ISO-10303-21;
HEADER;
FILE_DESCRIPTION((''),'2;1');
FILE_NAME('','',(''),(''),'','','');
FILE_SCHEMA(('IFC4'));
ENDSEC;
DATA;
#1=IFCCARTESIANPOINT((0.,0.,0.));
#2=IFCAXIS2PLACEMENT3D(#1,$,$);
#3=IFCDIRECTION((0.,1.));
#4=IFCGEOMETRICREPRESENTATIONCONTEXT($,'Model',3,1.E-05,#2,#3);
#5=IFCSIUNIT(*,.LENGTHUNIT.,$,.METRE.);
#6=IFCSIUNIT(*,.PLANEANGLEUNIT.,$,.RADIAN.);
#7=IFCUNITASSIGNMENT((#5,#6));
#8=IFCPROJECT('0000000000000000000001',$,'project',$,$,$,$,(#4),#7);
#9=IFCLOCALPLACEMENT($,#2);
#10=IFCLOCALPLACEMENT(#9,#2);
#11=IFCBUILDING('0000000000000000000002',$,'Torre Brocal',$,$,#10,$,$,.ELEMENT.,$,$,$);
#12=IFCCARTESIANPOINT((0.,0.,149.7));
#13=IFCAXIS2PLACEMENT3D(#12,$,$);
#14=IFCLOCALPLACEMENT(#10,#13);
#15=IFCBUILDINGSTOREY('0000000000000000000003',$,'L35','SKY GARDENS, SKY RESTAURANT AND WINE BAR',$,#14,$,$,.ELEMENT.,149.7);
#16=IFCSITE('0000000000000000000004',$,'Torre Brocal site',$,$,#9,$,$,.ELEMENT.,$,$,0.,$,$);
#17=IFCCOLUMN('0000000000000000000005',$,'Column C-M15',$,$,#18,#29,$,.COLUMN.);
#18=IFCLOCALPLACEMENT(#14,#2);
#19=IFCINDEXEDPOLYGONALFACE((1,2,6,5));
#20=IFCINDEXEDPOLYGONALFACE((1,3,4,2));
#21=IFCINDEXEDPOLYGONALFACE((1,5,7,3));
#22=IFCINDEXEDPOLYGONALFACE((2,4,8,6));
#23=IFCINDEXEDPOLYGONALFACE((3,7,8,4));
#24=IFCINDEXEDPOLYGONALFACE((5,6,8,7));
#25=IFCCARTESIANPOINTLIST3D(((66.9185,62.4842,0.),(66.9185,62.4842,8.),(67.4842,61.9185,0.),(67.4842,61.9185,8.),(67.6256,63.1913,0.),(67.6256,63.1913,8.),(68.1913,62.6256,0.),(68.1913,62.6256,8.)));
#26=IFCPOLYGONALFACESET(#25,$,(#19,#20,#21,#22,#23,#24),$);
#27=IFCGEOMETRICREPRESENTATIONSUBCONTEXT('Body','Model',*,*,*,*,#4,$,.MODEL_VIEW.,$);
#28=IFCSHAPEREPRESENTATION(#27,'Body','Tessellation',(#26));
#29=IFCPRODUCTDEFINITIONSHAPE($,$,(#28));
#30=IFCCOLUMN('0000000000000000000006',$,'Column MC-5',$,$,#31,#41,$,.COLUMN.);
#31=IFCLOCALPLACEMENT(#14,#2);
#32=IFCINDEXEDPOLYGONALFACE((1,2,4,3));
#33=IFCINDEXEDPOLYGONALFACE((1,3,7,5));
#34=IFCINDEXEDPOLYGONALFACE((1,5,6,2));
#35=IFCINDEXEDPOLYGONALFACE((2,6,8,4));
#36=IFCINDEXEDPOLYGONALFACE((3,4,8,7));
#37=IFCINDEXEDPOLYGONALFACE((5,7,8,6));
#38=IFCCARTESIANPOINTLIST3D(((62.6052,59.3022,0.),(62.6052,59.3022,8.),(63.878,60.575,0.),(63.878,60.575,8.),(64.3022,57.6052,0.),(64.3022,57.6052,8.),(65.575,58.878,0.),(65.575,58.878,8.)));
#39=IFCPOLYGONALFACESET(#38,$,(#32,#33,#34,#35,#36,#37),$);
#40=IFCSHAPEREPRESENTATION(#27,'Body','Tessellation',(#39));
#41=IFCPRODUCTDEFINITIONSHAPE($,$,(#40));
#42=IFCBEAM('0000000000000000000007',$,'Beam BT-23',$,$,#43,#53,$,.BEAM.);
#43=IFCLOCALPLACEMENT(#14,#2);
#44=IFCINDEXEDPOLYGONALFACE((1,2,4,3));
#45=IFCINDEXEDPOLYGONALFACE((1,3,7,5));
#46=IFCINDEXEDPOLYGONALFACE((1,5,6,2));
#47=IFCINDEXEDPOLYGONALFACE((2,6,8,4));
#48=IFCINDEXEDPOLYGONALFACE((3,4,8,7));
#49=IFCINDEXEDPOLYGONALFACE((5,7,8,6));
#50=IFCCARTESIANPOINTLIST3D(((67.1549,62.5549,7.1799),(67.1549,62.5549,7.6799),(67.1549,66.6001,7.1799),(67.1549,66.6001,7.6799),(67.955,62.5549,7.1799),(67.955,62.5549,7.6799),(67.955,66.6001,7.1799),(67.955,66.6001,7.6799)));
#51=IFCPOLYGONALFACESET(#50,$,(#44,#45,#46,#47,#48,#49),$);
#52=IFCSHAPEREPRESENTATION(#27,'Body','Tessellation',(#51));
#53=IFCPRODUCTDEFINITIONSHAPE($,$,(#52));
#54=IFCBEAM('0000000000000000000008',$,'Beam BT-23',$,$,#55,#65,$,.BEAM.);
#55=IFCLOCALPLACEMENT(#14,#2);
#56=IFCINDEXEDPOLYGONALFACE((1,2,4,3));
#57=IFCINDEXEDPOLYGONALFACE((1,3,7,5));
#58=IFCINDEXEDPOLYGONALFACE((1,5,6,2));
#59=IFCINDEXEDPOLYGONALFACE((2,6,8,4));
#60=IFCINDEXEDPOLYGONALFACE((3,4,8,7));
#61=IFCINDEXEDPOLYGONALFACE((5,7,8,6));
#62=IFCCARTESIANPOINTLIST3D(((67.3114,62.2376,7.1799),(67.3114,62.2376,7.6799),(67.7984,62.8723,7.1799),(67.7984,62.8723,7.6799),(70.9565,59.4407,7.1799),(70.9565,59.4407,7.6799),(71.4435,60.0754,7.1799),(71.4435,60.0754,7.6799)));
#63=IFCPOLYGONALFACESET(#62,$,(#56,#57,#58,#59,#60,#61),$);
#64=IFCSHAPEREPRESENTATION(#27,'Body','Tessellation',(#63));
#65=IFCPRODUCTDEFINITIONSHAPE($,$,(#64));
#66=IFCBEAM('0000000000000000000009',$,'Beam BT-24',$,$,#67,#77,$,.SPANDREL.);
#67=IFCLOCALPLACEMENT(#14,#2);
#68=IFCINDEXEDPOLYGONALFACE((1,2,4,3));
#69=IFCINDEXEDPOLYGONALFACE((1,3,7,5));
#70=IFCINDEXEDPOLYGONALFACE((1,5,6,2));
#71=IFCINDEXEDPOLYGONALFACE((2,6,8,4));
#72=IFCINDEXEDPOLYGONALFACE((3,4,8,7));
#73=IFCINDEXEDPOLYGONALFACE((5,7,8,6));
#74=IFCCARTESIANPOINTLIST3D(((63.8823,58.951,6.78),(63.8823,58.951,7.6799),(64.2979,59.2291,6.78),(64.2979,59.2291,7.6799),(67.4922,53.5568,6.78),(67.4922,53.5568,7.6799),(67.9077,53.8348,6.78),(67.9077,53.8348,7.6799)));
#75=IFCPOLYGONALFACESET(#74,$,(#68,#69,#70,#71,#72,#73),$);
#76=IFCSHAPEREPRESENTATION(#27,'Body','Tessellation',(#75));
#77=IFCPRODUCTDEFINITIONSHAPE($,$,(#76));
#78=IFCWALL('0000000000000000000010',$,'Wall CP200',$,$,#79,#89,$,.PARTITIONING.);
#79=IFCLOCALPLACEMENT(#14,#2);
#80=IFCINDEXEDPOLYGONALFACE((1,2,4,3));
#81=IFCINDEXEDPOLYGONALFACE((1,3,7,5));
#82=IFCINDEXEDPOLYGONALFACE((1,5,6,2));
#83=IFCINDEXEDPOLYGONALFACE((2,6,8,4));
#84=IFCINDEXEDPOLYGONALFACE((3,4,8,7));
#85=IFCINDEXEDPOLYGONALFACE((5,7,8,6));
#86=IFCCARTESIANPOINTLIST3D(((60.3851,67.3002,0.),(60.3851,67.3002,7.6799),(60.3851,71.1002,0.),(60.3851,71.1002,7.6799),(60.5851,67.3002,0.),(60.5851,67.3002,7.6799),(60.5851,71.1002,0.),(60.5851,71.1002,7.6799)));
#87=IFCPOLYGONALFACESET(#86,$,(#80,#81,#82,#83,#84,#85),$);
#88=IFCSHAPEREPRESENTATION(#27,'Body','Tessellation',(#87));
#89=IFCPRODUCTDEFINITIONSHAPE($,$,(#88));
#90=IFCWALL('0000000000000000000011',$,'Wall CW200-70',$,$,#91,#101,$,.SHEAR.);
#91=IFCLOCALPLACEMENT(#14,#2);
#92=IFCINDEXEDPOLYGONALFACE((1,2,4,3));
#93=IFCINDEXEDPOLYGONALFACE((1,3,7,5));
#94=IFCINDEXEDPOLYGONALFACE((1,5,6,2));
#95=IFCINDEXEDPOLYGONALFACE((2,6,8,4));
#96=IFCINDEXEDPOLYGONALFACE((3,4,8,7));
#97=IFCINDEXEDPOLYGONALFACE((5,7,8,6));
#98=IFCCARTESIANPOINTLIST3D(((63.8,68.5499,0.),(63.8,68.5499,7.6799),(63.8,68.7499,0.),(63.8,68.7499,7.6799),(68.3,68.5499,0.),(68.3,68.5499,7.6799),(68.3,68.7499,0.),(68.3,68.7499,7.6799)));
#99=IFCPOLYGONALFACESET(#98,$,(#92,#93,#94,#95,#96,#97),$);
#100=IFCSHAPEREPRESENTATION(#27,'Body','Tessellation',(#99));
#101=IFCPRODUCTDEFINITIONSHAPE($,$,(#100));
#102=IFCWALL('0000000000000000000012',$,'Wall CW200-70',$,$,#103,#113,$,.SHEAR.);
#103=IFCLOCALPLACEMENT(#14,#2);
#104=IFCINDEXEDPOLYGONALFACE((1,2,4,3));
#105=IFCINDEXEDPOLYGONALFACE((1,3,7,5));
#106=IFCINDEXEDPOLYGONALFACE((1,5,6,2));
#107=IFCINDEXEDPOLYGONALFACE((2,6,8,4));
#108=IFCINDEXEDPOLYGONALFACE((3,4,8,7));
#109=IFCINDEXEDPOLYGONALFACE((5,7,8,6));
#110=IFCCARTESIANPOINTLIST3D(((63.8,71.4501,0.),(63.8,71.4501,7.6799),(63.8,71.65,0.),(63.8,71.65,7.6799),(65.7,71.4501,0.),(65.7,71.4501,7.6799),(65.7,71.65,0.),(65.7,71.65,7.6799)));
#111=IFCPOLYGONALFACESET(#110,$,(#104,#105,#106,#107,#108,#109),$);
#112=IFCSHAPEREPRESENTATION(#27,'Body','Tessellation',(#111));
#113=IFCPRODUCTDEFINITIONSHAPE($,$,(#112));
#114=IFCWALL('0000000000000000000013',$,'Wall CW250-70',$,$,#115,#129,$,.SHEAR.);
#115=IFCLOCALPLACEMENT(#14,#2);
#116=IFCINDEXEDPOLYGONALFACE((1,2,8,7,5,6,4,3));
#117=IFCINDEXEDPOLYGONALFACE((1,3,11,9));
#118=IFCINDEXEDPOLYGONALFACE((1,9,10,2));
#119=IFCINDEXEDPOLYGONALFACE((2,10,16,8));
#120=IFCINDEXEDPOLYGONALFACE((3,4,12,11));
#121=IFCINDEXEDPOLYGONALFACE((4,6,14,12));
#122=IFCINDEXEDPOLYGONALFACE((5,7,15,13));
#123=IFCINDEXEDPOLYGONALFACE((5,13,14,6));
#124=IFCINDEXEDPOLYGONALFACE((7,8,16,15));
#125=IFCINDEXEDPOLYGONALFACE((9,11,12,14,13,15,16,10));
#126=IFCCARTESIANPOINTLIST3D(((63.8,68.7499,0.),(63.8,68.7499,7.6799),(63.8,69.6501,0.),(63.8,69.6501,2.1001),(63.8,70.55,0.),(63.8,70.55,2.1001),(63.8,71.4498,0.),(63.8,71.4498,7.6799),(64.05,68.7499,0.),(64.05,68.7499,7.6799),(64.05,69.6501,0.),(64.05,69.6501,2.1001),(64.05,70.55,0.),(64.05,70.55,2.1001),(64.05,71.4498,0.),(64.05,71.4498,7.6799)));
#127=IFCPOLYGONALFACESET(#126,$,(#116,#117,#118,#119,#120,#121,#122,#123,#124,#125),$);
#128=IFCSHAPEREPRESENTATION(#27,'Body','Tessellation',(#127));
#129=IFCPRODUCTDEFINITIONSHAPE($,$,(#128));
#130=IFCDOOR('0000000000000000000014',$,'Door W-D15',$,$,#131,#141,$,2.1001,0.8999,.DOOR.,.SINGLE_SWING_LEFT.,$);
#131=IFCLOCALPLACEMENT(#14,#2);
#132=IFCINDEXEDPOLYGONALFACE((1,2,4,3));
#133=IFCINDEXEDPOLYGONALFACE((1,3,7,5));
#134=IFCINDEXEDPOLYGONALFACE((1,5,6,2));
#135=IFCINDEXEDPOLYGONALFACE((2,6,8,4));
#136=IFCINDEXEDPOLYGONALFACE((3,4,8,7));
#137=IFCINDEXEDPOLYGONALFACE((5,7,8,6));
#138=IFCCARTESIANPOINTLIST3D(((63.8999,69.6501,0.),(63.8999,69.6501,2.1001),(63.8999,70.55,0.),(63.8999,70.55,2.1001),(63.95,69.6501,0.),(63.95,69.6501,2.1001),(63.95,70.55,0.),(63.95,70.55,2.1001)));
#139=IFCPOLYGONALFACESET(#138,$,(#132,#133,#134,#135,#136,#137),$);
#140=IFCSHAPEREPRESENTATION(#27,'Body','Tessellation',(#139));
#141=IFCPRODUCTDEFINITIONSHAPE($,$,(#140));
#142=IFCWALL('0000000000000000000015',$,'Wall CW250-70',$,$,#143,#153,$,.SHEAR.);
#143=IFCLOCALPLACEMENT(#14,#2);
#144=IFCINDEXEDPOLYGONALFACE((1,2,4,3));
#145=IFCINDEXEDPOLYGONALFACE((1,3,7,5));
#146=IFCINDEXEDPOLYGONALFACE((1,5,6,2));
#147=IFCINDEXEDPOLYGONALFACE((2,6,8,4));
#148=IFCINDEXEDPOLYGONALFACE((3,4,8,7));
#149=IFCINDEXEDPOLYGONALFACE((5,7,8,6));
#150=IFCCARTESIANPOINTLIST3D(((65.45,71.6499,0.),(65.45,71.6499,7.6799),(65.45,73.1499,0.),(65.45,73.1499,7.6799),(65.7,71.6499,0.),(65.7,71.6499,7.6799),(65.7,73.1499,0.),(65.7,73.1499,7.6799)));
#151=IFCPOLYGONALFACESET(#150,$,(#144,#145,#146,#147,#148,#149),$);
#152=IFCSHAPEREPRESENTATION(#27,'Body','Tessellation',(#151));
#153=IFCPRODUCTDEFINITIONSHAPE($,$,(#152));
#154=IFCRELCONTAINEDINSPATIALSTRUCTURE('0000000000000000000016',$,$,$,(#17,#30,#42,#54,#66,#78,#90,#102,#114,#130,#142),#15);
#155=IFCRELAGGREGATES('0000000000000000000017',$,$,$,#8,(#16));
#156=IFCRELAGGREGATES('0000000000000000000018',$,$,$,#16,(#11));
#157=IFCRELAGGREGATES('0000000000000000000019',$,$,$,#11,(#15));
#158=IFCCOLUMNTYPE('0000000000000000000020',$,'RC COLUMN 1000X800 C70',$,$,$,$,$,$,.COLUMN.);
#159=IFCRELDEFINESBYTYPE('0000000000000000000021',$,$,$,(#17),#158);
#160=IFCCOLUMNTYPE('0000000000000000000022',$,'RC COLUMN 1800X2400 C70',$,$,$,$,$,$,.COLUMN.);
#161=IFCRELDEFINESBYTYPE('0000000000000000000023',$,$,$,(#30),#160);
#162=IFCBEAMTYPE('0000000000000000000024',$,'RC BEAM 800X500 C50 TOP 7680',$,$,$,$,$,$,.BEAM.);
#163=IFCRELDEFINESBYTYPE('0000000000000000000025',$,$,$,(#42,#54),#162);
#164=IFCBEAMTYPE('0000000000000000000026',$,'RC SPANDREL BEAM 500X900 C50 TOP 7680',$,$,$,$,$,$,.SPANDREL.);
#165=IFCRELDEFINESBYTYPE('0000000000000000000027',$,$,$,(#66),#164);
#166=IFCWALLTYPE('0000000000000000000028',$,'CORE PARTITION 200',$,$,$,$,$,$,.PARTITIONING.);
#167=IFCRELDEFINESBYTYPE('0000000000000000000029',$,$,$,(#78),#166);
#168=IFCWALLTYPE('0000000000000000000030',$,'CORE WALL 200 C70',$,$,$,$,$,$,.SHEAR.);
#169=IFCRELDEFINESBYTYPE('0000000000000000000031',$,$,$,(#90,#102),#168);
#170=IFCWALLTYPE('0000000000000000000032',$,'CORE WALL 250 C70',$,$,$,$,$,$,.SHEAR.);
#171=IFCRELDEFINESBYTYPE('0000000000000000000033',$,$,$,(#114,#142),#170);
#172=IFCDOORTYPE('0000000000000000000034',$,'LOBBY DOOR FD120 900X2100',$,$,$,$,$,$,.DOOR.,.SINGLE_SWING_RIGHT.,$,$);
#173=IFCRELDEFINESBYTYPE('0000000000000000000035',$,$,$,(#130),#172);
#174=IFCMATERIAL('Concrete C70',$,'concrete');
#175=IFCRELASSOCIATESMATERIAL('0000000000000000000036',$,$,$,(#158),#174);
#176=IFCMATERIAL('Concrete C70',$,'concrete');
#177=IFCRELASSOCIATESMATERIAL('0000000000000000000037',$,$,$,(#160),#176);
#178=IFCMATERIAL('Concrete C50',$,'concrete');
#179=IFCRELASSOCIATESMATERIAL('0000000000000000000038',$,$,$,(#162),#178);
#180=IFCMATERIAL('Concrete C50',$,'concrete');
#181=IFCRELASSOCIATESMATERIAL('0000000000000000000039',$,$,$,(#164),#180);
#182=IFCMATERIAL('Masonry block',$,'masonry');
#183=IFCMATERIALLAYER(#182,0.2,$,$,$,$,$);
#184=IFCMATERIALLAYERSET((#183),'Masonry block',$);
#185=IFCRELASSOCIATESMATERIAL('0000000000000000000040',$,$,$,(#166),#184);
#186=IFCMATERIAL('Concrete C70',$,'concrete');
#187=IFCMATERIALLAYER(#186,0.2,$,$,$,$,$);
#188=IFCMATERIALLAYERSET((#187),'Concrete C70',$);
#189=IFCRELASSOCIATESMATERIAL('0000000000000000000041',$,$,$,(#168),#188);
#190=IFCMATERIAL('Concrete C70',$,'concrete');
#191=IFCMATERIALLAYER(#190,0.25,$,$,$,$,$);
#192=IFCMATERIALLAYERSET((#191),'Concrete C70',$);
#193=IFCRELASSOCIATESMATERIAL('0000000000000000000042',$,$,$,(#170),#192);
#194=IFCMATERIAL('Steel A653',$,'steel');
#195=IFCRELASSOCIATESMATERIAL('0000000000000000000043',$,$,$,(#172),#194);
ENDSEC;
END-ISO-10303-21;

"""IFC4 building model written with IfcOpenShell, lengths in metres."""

from ifc_helpers import new_model, si_unit, direction, frame, frame_2d, origin, origin_2d, place, context, subcontext, project, spatial, rectangle, extrude, material, layer, layer_set, material_profile, profile_set, type_object, element, fill, save


model = new_model("IFC4")

# Units and contexts
model_context = context("Model", 3, precision=1e-05, world=origin(), true_north=direction((0.0, 1.0)))
body_context = subcontext(model_context, "Body", "Model", "MODEL_VIEW")
ifc_project = project(units=[si_unit("LENGTHUNIT", "METRE"), si_unit("PLANEANGLEUNIT", "RADIAN")], contexts=[model_context])

# Site, building, storey
site_placement = place(None, origin())
site = spatial("IfcSite", under=ifc_project, at=site_placement, Name="Torre Brocal site", CompositionType="ELEMENT", RefElevation=0.0)
building_placement = place(site_placement, origin())
building = spatial("IfcBuilding", under=site, at=building_placement, Name="Torre Brocal", CompositionType="ELEMENT")
storey_placement = place(building_placement, frame((0.0, 0.0, 149.7)))
storey = spatial("IfcBuildingStorey", under=building, at=storey_placement, Name="L35", Description="SKY GARDENS, SKY RESTAURANT AND WINE BAR", CompositionType="ELEMENT", Elevation=149.7)

# Columns
ifc_material_1 = material(Name="Concrete C70", Category="concrete")
ifc_material_profile_1 = material_profile(ifc_material_1, rectangle(XDim=1.0, YDim=0.8, at=origin_2d()), Name="RC 1000X800")
ifc_profile_set_1 = profile_set([ifc_material_profile_1], Name="Concrete C70")
column_type_1 = type_object("IfcColumnType", Name="RC COLUMN 1000X800 C70", PredefinedType="COLUMN", material=ifc_profile_set_1)
column_1_placement = place(storey_placement, frame((67.5549, 62.5549, 0.0), z_axis=(0.0, 0.0, 1.0), x_axis=(-0.707107, -0.707107, 0.0)))
element("IfcColumn", 1, at=column_1_placement, inside=storey, type_object=column_type_1, Name="Column C-M15", PredefinedType="COLUMN", context=body_context, shape_type="SweptSolid", body=[
    extrude(rectangle(XDim=1.0, YDim=0.8, at=origin_2d()), origin(), (0.0, 0.0, 1.0), 8.0),
])
ifc_material_2 = material(Name="Concrete C70", Category="concrete")
ifc_material_profile_2 = material_profile(ifc_material_2, rectangle(XDim=1.8, YDim=2.3999, at=origin_2d()), Name="RC 1800X2400")
ifc_profile_set_2 = profile_set([ifc_material_profile_2], Name="Concrete C70")
column_type_2 = type_object("IfcColumnType", Name="RC COLUMN 1800X2400 C70", PredefinedType="COLUMN", material=ifc_profile_set_2)
column_2_placement = place(storey_placement, frame((64.0901, 59.0901, 0.0), z_axis=(0.0, 0.0, 1.0), x_axis=(-0.707107, -0.707107, 0.0)))
element("IfcColumn", 2, at=column_2_placement, inside=storey, type_object=column_type_2, Name="Column MC-5", PredefinedType="COLUMN", context=body_context, shape_type="SweptSolid", body=[
    extrude(rectangle(XDim=1.8, YDim=2.3999, at=origin_2d()), origin(), (0.0, 0.0, 1.0), 8.0),
])

# Beams
ifc_material_3 = material(Name="Concrete C50", Category="concrete")
ifc_material_profile_3 = material_profile(ifc_material_3, rectangle(XDim=0.8, YDim=0.5, at=origin_2d()), Name="RC 800X500")
ifc_profile_set_3 = profile_set([ifc_material_profile_3], Name="Concrete C50")
beam_type_1 = type_object("IfcBeamType", Name="RC BEAM 800X500 C50 TOP 7680", PredefinedType="BEAM", material=ifc_profile_set_3)
beam_1_placement = place(storey_placement, frame((67.5549, 62.5549, 7.4299), z_axis=(0.0, 1.0, 0.0), x_axis=(-1.0, 0.0, 0.0)))
element("IfcBeam", 3, at=beam_1_placement, inside=storey, type_object=beam_type_1, Name="Beam BT-23", PredefinedType="BEAM", context=body_context, shape_type="SweptSolid", body=[
    extrude(rectangle(XDim=0.8, YDim=0.5, at=origin_2d()), origin(), (0.0, 0.0, 1.0), 4.0452),
])
beam_2_placement = place(storey_placement, frame((67.5549, 62.5549, 7.4299), z_axis=(0.793358, -0.608755, 0.0), x_axis=(0.608755, 0.793358, 0.0)))
element("IfcBeam", 4, at=beam_2_placement, inside=storey, type_object=beam_type_1, Name="Beam BT-23", PredefinedType="BEAM", context=body_context, shape_type="SweptSolid", body=[
    extrude(rectangle(XDim=0.8, YDim=0.5, at=origin_2d()), origin(), (0.0, 0.0, 1.0), 4.5945),
])
ifc_material_4 = material(Name="Concrete C50", Category="concrete")
ifc_material_profile_4 = material_profile(ifc_material_4, rectangle(XDim=0.5, YDim=0.8999, at=origin_2d()), Name="RC 500X900")
ifc_profile_set_4 = profile_set([ifc_material_profile_4], Name="Concrete C50")
beam_type_2 = type_object("IfcBeamType", Name="RC SPANDREL BEAM 500X900 C50 TOP 7680", PredefinedType="SPANDREL", material=ifc_profile_set_4)
beam_3_placement = place(storey_placement, frame((64.0901, 59.0901, 7.23), z_axis=(0.556158, -0.831077, 0.0), x_axis=(0.831077, 0.556158, 0.0)))
element("IfcBeam", 5, at=beam_3_placement, inside=storey, type_object=beam_type_2, Name="Beam BT-24", PredefinedType="SPANDREL", context=body_context, shape_type="SweptSolid", body=[
    extrude(rectangle(XDim=0.5, YDim=0.8999, at=origin_2d()), origin(), (0.0, 0.0, 1.0), 6.4907),
])

# Walls
ifc_material_5 = material(Name="Masonry block", Category="masonry")
ifc_layer_1 = layer(ifc_material_5, 0.2)
ifc_layer_set_1 = layer_set([ifc_layer_1], Name="Masonry block")
wall_type_1 = type_object("IfcWallType", Name="CORE PARTITION 200", PredefinedType="PARTITIONING", material=ifc_layer_set_1)
wall_1_placement = place(storey_placement, frame((60.4851, 71.1001, 0.0), z_axis=(0.0, 0.0, 1.0), x_axis=(0.0, -1.0, 0.0)))
element("IfcWall", 6, at=wall_1_placement, inside=storey, type_object=wall_type_1, Name="Wall CP200", PredefinedType="PARTITIONING", context=body_context, shape_type="SweptSolid", body=[
    extrude(rectangle(XDim=3.8, YDim=0.2, at=frame_2d((1.8999, 0.0))), origin(), (0.0, 0.0, 1.0), 7.6799),
])
ifc_material_6 = material(Name="Concrete C70", Category="concrete")
ifc_layer_2 = layer(ifc_material_6, 0.2)
ifc_layer_set_2 = layer_set([ifc_layer_2], Name="Concrete C70")
wall_type_2 = type_object("IfcWallType", Name="CORE WALL 200 C70", PredefinedType="SHEAR", material=ifc_layer_set_2)
wall_2_placement = place(storey_placement, frame((68.3, 68.6499, 0.0), z_axis=(0.0, 0.0, 1.0), x_axis=(-1.0, 0.0, 0.0)))
element("IfcWall", 7, at=wall_2_placement, inside=storey, type_object=wall_type_2, Name="Wall CW200-70", PredefinedType="SHEAR", context=body_context, shape_type="SweptSolid", body=[
    extrude(rectangle(XDim=4.5, YDim=0.2, at=frame_2d((2.25, 0.0))), origin(), (0.0, 0.0, 1.0), 7.6799),
])
wall_3_placement = place(storey_placement, frame((65.7, 71.55, 0.0), z_axis=(0.0, 0.0, 1.0), x_axis=(-1.0, 0.0, 0.0)))
element("IfcWall", 8, at=wall_3_placement, inside=storey, type_object=wall_type_2, Name="Wall CW200-70", PredefinedType="SHEAR", context=body_context, shape_type="SweptSolid", body=[
    extrude(rectangle(XDim=1.8999, YDim=0.2, at=frame_2d((0.95, 0.0))), origin(), (0.0, 0.0, 1.0), 7.6799),
])

# Wall, opening, door
ifc_material_7 = material(Name="Concrete C70", Category="concrete")
ifc_layer_3 = layer(ifc_material_7, 0.25)
ifc_layer_set_3 = layer_set([ifc_layer_3], Name="Concrete C70")
wall_type_3 = type_object("IfcWallType", Name="CORE WALL 250 C70", PredefinedType="SHEAR", material=ifc_layer_set_3)
wall_4_placement = place(storey_placement, frame((63.925, 71.45, 0.0), z_axis=(0.0, 0.0, 1.0), x_axis=(0.0, -1.0, 0.0)))
wall_4 = element("IfcWall", 9, at=wall_4_placement, inside=storey, type_object=wall_type_3, Name="Wall CW250-70", PredefinedType="SHEAR", context=body_context, shape_type="SweptSolid", body=[
    extrude(rectangle(XDim=2.7, YDim=0.25, at=frame_2d((1.3501, 0.0))), origin(), (0.0, 0.0, 1.0), 7.6799),
])
opening_1_placement = place(wall_4_placement, frame((0.8999, 0.0, 0.0)))
opening_1 = element("IfcOpeningElement", 10, at=opening_1_placement, cuts=wall_4, PredefinedType="OPENING", context=body_context, shape_type="SweptSolid", body=[
    extrude(rectangle(XDim=0.8999, YDim=2.1001, at=frame_2d((0.45, 1.05))), frame((0.0, 0.135, 0.0), z_axis=(0.0, -1.0, 0.0), x_axis=(1.0, 0.0, 0.0)), (0.0, 0.0, 1.0), 0.27),
])
ifc_material_8 = material(Name="Steel A653", Category="steel")
door_type_1 = type_object("IfcDoorType", Name="LOBBY DOOR FD120 900X2100", OperationType="SINGLE_SWING_RIGHT", PredefinedType="DOOR", material=ifc_material_8)
door_1_placement = place(opening_1_placement, origin())
door_1 = element("IfcDoor", 11, at=door_1_placement, inside=storey, type_object=door_type_1, Name="Door W-D15", OperationType="SINGLE_SWING_LEFT", OverallHeight=2.1001, OverallWidth=0.8999, PredefinedType="DOOR", context=body_context, shape_type="SweptSolid", body=[
    extrude(rectangle(XDim=0.8999, YDim=2.1001, at=frame_2d((0.45, 1.05))), frame((0.0, 0.0249, 0.0), z_axis=(0.0, -1.0, 0.0), x_axis=(1.0, 0.0, 0.0)), (0.0, 0.0, 1.0), 0.05),
])
fill(opening_1, door_1)

# Wall
wall_5_placement = place(storey_placement, frame((65.575, 73.1499, 0.0), z_axis=(0.0, 0.0, 1.0), x_axis=(0.0, -1.0, 0.0)))
element("IfcWall", 12, at=wall_5_placement, inside=storey, type_object=wall_type_3, Name="Wall CW250-70", PredefinedType="SHEAR", context=body_context, shape_type="SweptSolid", body=[
    extrude(rectangle(XDim=1.5, YDim=0.25, at=frame_2d((0.75, 0.0))), origin(), (0.0, 0.0, 1.0), 7.6799),
])

save(model, "model.ifc")
